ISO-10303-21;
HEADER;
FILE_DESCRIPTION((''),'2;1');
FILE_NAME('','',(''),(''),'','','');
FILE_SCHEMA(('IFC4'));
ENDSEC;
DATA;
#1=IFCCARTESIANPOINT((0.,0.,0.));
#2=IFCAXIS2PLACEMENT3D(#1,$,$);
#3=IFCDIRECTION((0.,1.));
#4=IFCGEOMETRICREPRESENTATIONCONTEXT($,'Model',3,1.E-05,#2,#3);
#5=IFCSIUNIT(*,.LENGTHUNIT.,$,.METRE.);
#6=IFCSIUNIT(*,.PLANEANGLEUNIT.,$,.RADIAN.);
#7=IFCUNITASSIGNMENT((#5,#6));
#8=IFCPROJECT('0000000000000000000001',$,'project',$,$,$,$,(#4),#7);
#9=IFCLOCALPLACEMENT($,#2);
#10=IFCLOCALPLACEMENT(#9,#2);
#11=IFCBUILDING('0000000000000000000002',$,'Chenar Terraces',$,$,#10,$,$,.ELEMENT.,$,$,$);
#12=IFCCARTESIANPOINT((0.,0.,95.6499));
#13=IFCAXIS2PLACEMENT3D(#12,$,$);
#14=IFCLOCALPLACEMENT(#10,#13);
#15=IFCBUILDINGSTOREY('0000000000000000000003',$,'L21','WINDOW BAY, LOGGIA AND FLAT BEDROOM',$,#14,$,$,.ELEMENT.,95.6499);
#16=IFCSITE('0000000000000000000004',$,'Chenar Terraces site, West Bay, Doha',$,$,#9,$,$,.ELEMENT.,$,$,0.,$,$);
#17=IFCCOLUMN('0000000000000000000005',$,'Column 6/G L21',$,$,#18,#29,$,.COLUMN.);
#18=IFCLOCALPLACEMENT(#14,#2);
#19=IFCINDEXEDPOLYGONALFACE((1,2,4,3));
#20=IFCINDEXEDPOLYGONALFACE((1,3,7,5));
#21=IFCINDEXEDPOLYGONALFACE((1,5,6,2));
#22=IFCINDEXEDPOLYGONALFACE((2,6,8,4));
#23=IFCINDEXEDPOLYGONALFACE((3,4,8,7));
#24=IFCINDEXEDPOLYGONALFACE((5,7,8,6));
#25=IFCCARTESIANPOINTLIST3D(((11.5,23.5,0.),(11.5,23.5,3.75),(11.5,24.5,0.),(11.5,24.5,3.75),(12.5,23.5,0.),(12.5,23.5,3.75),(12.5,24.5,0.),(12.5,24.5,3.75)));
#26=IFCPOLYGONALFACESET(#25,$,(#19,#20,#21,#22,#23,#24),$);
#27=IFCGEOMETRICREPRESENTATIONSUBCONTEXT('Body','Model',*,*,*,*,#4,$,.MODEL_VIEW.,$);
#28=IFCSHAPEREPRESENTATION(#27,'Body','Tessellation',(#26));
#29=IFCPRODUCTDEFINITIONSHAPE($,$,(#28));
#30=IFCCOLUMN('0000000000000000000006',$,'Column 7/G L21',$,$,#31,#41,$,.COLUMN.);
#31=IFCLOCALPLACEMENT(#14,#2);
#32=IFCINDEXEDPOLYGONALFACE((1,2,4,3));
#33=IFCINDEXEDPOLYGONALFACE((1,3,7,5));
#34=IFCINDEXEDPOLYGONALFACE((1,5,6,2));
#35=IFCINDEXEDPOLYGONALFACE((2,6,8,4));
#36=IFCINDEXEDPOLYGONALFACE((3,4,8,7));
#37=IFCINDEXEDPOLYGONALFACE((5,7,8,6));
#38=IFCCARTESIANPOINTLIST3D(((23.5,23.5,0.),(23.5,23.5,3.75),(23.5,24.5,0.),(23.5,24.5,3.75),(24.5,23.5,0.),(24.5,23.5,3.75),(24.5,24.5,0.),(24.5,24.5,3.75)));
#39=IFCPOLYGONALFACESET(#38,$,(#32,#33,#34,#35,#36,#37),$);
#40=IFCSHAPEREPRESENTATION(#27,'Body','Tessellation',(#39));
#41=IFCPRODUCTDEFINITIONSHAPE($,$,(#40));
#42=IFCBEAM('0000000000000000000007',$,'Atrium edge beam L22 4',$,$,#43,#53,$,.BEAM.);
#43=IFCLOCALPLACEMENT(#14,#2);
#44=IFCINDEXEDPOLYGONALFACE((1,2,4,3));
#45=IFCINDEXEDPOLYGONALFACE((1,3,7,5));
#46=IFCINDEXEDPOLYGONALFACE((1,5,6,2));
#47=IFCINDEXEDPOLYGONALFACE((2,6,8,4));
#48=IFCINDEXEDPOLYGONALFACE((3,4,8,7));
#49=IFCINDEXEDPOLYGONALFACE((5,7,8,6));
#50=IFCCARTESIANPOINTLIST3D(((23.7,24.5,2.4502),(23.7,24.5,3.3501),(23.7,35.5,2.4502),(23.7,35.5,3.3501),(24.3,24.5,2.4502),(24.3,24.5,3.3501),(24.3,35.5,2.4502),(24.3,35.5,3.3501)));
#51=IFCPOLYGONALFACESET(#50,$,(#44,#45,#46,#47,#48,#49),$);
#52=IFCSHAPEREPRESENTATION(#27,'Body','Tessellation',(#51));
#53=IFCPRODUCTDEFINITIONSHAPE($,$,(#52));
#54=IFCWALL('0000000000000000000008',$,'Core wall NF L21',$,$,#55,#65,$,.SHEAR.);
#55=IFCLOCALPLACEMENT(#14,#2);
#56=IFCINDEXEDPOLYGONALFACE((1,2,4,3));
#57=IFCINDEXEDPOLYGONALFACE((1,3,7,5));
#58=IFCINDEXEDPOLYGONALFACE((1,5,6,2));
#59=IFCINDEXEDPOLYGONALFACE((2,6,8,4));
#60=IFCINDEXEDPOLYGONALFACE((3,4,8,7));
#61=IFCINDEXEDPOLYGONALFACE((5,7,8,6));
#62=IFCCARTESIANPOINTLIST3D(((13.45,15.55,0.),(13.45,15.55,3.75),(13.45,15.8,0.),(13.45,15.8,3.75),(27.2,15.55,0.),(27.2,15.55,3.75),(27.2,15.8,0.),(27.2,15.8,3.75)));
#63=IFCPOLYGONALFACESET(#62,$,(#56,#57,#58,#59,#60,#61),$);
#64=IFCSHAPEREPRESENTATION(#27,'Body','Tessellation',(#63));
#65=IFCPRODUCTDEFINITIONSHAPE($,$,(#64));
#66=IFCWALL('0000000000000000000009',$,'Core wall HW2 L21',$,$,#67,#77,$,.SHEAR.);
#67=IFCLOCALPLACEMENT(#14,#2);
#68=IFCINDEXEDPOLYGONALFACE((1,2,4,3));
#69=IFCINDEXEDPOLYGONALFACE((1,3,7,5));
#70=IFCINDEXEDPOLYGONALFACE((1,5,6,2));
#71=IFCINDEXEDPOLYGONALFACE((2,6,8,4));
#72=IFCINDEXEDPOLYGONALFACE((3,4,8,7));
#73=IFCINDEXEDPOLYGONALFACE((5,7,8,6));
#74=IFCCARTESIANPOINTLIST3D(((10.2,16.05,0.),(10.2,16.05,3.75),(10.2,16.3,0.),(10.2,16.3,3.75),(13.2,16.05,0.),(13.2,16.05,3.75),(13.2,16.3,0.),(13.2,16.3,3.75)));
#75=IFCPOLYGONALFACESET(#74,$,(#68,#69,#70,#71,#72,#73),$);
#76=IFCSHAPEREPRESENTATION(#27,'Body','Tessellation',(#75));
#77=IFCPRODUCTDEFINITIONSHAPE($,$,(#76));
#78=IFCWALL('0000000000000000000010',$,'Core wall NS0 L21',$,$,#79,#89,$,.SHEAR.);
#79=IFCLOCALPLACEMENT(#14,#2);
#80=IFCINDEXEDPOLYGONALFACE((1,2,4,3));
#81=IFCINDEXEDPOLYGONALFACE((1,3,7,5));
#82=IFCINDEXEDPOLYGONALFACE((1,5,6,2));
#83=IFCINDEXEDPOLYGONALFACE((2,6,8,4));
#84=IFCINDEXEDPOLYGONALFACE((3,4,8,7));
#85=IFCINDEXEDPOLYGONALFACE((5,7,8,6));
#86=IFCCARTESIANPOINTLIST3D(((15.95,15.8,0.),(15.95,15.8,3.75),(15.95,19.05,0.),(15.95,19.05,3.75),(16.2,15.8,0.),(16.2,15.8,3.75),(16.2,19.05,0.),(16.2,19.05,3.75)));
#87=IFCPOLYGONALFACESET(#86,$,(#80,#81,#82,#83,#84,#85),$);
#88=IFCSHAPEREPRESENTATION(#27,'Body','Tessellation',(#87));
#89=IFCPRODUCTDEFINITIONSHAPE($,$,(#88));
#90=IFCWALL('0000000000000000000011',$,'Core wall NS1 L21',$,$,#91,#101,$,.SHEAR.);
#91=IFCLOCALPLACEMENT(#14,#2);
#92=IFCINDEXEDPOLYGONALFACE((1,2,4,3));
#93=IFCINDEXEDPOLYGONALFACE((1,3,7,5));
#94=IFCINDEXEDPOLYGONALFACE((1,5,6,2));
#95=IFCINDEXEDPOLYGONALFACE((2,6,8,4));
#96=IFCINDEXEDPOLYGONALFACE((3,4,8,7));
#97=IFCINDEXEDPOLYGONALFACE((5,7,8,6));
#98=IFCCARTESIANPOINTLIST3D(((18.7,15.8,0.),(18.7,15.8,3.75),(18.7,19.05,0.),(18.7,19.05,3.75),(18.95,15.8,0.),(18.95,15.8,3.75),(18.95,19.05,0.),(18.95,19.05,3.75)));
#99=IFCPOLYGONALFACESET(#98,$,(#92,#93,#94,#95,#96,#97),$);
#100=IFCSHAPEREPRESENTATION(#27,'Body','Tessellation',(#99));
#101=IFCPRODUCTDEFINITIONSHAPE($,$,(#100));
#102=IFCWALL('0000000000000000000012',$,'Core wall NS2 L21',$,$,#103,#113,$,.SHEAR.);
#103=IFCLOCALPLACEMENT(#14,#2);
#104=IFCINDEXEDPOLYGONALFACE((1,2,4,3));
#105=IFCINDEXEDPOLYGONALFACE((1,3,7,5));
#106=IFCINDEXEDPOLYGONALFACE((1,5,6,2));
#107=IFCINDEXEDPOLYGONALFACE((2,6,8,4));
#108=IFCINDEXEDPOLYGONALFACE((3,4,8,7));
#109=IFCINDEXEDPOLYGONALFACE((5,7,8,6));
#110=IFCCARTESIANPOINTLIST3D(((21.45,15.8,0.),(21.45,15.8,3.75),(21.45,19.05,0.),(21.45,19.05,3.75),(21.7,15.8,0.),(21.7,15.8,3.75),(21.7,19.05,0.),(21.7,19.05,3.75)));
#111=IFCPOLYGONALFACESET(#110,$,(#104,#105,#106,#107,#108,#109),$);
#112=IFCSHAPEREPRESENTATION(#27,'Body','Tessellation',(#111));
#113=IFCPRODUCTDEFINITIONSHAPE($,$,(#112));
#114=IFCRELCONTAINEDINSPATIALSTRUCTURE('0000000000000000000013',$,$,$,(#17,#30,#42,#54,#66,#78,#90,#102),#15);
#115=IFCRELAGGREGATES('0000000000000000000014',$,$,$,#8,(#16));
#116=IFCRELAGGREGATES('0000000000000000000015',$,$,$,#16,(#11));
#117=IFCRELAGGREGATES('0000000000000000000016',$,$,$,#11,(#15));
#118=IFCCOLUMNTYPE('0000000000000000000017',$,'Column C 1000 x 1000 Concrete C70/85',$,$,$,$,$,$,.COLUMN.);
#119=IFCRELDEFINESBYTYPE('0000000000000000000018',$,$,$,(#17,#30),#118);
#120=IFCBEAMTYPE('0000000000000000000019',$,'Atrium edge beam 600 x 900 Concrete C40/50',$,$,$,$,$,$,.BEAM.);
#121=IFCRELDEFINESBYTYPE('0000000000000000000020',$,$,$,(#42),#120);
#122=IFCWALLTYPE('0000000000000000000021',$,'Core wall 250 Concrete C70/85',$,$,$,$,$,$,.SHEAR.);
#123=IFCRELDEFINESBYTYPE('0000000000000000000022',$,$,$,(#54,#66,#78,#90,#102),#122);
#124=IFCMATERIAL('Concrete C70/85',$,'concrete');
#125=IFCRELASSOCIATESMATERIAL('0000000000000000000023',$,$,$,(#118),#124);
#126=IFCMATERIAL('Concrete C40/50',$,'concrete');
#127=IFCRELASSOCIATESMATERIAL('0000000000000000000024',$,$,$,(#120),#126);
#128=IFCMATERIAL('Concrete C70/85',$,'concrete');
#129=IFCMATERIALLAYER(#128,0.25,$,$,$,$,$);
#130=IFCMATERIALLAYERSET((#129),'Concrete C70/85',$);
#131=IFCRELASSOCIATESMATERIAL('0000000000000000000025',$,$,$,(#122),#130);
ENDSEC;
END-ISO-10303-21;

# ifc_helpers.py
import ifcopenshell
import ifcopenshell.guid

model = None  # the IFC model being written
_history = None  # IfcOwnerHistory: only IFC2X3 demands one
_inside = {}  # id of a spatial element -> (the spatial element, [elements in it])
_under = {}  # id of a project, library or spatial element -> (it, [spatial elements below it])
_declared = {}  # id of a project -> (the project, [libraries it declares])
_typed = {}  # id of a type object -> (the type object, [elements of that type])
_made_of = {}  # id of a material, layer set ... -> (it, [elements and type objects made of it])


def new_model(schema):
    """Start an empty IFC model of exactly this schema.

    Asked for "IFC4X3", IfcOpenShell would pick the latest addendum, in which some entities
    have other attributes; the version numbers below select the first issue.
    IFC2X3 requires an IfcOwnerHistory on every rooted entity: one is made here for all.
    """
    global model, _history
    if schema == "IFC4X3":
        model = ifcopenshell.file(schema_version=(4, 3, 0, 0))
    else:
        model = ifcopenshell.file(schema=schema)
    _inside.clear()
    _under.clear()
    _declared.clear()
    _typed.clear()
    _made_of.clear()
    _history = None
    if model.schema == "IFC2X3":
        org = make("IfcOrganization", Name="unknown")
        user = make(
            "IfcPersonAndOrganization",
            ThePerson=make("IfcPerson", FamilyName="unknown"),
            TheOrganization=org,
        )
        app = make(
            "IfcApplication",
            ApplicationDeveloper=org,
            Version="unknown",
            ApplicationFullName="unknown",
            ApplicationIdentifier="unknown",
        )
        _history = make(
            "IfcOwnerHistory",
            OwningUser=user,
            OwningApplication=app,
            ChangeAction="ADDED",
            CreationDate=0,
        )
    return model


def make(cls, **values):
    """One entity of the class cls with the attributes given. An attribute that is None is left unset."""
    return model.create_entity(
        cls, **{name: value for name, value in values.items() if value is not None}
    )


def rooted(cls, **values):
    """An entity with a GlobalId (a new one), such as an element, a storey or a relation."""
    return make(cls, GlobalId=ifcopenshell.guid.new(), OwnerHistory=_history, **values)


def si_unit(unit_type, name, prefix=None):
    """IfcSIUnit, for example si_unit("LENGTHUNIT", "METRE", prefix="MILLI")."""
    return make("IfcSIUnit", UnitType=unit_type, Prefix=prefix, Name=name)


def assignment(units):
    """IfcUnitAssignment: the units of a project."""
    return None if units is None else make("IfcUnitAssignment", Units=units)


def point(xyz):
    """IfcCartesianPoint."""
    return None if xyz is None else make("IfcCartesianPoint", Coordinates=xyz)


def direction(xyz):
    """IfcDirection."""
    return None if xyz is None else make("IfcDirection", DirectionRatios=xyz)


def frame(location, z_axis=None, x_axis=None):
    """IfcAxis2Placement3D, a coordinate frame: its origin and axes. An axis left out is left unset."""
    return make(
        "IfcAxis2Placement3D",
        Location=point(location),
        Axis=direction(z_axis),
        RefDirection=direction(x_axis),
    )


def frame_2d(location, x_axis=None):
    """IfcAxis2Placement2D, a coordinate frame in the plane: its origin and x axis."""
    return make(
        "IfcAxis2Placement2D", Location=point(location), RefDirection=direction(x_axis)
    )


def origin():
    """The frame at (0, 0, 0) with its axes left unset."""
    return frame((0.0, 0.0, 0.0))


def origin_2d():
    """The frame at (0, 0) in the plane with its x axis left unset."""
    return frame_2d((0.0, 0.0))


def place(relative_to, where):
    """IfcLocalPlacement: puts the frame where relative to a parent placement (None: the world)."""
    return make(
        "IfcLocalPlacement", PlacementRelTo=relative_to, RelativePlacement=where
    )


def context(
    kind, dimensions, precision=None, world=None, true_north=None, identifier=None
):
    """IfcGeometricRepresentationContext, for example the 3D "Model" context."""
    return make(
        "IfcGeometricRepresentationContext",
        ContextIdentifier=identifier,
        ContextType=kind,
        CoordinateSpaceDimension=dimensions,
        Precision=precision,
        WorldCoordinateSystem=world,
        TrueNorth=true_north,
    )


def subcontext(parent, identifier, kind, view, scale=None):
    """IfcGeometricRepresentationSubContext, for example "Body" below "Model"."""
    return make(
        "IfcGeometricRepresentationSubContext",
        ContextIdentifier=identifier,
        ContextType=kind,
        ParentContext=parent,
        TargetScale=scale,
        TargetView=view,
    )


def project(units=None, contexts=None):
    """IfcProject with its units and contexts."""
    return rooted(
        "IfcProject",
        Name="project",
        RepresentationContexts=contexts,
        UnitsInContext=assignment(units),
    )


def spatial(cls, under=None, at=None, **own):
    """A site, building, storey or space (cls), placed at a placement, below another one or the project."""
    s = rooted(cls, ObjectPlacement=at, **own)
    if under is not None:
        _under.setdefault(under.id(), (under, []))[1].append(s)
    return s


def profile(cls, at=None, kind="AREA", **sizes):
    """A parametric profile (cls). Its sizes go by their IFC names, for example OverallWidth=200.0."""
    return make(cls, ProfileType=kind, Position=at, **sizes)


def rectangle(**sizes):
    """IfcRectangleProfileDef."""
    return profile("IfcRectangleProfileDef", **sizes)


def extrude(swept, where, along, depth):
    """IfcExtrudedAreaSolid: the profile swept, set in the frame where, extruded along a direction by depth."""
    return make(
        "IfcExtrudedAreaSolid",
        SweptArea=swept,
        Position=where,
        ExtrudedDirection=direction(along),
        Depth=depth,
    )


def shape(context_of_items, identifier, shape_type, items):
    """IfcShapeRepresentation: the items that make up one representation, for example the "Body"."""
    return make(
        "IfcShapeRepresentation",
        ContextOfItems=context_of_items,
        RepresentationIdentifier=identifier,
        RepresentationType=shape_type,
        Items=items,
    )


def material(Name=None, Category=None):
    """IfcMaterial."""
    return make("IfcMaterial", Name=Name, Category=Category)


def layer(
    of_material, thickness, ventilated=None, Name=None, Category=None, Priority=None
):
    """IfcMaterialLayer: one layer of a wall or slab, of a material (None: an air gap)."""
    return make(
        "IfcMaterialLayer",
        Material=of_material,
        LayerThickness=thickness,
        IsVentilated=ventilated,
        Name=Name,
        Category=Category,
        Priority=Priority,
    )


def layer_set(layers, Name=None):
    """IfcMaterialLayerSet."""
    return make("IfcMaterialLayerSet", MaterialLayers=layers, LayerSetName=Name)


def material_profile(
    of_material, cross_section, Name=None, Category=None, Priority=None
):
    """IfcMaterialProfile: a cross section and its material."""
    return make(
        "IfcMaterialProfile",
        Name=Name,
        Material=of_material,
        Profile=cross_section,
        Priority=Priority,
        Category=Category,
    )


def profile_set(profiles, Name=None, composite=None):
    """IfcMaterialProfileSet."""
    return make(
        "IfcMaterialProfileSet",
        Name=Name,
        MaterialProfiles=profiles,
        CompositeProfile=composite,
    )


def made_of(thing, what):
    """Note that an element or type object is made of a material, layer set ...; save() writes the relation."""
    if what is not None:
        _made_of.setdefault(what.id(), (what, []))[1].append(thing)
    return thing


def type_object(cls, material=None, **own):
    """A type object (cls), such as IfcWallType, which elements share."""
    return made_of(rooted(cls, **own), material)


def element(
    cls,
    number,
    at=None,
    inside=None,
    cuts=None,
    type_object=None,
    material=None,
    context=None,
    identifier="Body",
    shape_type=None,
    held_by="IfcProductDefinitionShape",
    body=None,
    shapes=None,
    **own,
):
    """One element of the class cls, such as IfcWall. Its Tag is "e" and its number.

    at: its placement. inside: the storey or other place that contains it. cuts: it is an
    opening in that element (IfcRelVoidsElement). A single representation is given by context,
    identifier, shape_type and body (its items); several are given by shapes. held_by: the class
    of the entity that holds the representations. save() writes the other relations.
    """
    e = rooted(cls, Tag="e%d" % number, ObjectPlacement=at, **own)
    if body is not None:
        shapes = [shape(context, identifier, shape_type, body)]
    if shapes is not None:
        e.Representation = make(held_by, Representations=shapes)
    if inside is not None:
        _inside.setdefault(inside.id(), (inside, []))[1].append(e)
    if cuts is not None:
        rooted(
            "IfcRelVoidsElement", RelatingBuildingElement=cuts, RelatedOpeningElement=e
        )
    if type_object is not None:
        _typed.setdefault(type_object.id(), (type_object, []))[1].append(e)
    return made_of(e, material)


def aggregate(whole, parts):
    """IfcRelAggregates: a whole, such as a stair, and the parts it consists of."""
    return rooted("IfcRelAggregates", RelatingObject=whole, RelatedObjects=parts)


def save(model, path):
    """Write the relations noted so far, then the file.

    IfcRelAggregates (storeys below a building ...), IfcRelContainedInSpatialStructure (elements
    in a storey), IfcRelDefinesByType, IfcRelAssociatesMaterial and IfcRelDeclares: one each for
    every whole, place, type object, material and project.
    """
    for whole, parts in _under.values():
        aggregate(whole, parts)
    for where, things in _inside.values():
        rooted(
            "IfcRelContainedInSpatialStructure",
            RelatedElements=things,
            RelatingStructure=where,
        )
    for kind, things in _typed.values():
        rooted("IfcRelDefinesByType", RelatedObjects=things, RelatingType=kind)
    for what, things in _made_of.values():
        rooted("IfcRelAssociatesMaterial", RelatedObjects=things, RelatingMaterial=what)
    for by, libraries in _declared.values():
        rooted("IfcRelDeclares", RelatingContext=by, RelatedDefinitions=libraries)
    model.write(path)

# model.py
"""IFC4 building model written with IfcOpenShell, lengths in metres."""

from ifc_helpers import new_model, si_unit, direction, frame, frame_2d, origin, origin_2d, place, context, subcontext, project, spatial, rectangle, extrude, material, layer, layer_set, material_profile, profile_set, type_object, element, save


model = new_model("IFC4")

# Units and contexts
model_context = context("Model", 3, precision=1e-05, world=origin(), true_north=direction((0.0, 1.0)))
body_context = subcontext(model_context, "Body", "Model", "MODEL_VIEW")
ifc_project = project(units=[si_unit("LENGTHUNIT", "METRE"), si_unit("PLANEANGLEUNIT", "RADIAN")], contexts=[model_context])

# Site, building, storey
site_placement = place(None, origin())
site = spatial("IfcSite", under=ifc_project, at=site_placement, Name="Chenar Terraces site, West Bay, Doha", CompositionType="ELEMENT", RefElevation=0.0)
building_placement = place(site_placement, origin())
building = spatial("IfcBuilding", under=site, at=building_placement, Name="Chenar Terraces", CompositionType="ELEMENT")
storey_placement = place(building_placement, frame((0.0, 0.0, 95.6499)))
storey = spatial("IfcBuildingStorey", under=building, at=storey_placement, Name="L21", Description="WINDOW BAY, LOGGIA AND FLAT BEDROOM", CompositionType="ELEMENT", Elevation=95.6499)

# Columns
ifc_material_1 = material(Name="Concrete C70/85", Category="concrete")
ifc_material_profile_1 = material_profile(ifc_material_1, rectangle(XDim=1.0, YDim=1.0, at=origin_2d()), Name="C 1000 x 1000")
ifc_profile_set_1 = profile_set([ifc_material_profile_1], Name="Concrete C70/85")
column_type = type_object("IfcColumnType", Name="Column C 1000 x 1000 Concrete C70/85", PredefinedType="COLUMN", material=ifc_profile_set_1)
for number, where, z_axis, x_axis, name in (
    (1, (12.0, 24.0, 0.0), (0.0, 0.0, 1.0), (1.0, 0.0, 0.0), "Column 6/G L21"),
    (2, (24.0, 24.0, 0.0), (0.0, 0.0, 1.0), (1.0, 0.0, 0.0), "Column 7/G L21"),
):
    element("IfcColumn", number, at=place(storey_placement, frame(where, z_axis=z_axis, x_axis=x_axis)), inside=storey, type_object=column_type, Name=name, PredefinedType="COLUMN", context=body_context, shape_type="SweptSolid", body=[
        extrude(rectangle(XDim=1.0, YDim=1.0, at=origin_2d()), origin(), (0.0, 0.0, 1.0), 3.75),
    ])

# Beam
ifc_material_2 = material(Name="Concrete C40/50", Category="concrete")
ifc_material_profile_2 = material_profile(ifc_material_2, rectangle(XDim=0.6001, YDim=0.8999, at=origin_2d()), Name="RC 600 x 900")
ifc_profile_set_2 = profile_set([ifc_material_profile_2], Name="Concrete C40/50")
beam_type = type_object("IfcBeamType", Name="Atrium edge beam 600 x 900 Concrete C40/50", PredefinedType="BEAM", material=ifc_profile_set_2)
beam_placement = place(storey_placement, frame((24.0, 35.5, 2.9001), z_axis=(0.0, -1.0, 0.0), x_axis=(1.0, 0.0, 0.0)))
element("IfcBeam", 3, at=beam_placement, inside=storey, type_object=beam_type, Name="Atrium edge beam L22 4", PredefinedType="BEAM", context=body_context, shape_type="SweptSolid", body=[
    extrude(rectangle(XDim=0.6001, YDim=0.8999, at=origin_2d()), origin(), (0.0, 0.0, 1.0), 11.0),
])

# Walls
ifc_material_3 = material(Name="Concrete C70/85", Category="concrete")
ifc_layer_1 = layer(ifc_material_3, 0.25)
ifc_layer_set_1 = layer_set([ifc_layer_1], Name="Concrete C70/85")
wall_type_1 = type_object("IfcWallType", Name="Core wall 250 Concrete C70/85", PredefinedType="SHEAR", material=ifc_layer_set_1)
wall_1_placement = place(storey_placement, frame((13.45, 15.675, 0.0), z_axis=(0.0, 0.0, 1.0), x_axis=(1.0, 0.0, 0.0)))
element("IfcWall", 4, at=wall_1_placement, inside=storey, type_object=wall_type_1, Name="Core wall NF L21", PredefinedType="SHEAR", context=body_context, shape_type="SweptSolid", body=[
    extrude(rectangle(XDim=13.75, YDim=0.25, at=frame_2d((6.875, 0.0))), origin(), (0.0, 0.0, 1.0), 3.75),
])
wall_2_placement = place(storey_placement, frame((10.2, 16.175, 0.0), z_axis=(0.0, 0.0, 1.0), x_axis=(1.0, 0.0, 0.0)))
element("IfcWall", 5, at=wall_2_placement, inside=storey, type_object=wall_type_1, Name="Core wall HW2 L21", PredefinedType="SHEAR", context=body_context, shape_type="SweptSolid", body=[
    extrude(rectangle(XDim=3.0, YDim=0.25, at=frame_2d((1.5, 0.0))), origin(), (0.0, 0.0, 1.0), 3.75),
])
for number, where, z_axis, x_axis, name in (
    (6, (16.075, 15.8, 0.0), (0.0, 0.0, 1.0), (0.0, 1.0, 0.0), "Core wall NS0 L21"),
    (7, (18.825, 15.8, 0.0), (0.0, 0.0, 1.0), (0.0, 1.0, 0.0), "Core wall NS1 L21"),
    (8, (21.575, 15.8, 0.0), (0.0, 0.0, 1.0), (0.0, 1.0, 0.0), "Core wall NS2 L21"),
):
    element("IfcWall", number, at=place(storey_placement, frame(where, z_axis=z_axis, x_axis=x_axis)), inside=storey, type_object=wall_type_1, Name=name, PredefinedType="SHEAR", context=body_context, shape_type="SweptSolid", body=[
        extrude(rectangle(XDim=3.25, YDim=0.25, at=frame_2d((1.625, 0.0))), origin(), (0.0, 0.0, 1.0), 3.75),
    ])

save(model, "model.ifc")
